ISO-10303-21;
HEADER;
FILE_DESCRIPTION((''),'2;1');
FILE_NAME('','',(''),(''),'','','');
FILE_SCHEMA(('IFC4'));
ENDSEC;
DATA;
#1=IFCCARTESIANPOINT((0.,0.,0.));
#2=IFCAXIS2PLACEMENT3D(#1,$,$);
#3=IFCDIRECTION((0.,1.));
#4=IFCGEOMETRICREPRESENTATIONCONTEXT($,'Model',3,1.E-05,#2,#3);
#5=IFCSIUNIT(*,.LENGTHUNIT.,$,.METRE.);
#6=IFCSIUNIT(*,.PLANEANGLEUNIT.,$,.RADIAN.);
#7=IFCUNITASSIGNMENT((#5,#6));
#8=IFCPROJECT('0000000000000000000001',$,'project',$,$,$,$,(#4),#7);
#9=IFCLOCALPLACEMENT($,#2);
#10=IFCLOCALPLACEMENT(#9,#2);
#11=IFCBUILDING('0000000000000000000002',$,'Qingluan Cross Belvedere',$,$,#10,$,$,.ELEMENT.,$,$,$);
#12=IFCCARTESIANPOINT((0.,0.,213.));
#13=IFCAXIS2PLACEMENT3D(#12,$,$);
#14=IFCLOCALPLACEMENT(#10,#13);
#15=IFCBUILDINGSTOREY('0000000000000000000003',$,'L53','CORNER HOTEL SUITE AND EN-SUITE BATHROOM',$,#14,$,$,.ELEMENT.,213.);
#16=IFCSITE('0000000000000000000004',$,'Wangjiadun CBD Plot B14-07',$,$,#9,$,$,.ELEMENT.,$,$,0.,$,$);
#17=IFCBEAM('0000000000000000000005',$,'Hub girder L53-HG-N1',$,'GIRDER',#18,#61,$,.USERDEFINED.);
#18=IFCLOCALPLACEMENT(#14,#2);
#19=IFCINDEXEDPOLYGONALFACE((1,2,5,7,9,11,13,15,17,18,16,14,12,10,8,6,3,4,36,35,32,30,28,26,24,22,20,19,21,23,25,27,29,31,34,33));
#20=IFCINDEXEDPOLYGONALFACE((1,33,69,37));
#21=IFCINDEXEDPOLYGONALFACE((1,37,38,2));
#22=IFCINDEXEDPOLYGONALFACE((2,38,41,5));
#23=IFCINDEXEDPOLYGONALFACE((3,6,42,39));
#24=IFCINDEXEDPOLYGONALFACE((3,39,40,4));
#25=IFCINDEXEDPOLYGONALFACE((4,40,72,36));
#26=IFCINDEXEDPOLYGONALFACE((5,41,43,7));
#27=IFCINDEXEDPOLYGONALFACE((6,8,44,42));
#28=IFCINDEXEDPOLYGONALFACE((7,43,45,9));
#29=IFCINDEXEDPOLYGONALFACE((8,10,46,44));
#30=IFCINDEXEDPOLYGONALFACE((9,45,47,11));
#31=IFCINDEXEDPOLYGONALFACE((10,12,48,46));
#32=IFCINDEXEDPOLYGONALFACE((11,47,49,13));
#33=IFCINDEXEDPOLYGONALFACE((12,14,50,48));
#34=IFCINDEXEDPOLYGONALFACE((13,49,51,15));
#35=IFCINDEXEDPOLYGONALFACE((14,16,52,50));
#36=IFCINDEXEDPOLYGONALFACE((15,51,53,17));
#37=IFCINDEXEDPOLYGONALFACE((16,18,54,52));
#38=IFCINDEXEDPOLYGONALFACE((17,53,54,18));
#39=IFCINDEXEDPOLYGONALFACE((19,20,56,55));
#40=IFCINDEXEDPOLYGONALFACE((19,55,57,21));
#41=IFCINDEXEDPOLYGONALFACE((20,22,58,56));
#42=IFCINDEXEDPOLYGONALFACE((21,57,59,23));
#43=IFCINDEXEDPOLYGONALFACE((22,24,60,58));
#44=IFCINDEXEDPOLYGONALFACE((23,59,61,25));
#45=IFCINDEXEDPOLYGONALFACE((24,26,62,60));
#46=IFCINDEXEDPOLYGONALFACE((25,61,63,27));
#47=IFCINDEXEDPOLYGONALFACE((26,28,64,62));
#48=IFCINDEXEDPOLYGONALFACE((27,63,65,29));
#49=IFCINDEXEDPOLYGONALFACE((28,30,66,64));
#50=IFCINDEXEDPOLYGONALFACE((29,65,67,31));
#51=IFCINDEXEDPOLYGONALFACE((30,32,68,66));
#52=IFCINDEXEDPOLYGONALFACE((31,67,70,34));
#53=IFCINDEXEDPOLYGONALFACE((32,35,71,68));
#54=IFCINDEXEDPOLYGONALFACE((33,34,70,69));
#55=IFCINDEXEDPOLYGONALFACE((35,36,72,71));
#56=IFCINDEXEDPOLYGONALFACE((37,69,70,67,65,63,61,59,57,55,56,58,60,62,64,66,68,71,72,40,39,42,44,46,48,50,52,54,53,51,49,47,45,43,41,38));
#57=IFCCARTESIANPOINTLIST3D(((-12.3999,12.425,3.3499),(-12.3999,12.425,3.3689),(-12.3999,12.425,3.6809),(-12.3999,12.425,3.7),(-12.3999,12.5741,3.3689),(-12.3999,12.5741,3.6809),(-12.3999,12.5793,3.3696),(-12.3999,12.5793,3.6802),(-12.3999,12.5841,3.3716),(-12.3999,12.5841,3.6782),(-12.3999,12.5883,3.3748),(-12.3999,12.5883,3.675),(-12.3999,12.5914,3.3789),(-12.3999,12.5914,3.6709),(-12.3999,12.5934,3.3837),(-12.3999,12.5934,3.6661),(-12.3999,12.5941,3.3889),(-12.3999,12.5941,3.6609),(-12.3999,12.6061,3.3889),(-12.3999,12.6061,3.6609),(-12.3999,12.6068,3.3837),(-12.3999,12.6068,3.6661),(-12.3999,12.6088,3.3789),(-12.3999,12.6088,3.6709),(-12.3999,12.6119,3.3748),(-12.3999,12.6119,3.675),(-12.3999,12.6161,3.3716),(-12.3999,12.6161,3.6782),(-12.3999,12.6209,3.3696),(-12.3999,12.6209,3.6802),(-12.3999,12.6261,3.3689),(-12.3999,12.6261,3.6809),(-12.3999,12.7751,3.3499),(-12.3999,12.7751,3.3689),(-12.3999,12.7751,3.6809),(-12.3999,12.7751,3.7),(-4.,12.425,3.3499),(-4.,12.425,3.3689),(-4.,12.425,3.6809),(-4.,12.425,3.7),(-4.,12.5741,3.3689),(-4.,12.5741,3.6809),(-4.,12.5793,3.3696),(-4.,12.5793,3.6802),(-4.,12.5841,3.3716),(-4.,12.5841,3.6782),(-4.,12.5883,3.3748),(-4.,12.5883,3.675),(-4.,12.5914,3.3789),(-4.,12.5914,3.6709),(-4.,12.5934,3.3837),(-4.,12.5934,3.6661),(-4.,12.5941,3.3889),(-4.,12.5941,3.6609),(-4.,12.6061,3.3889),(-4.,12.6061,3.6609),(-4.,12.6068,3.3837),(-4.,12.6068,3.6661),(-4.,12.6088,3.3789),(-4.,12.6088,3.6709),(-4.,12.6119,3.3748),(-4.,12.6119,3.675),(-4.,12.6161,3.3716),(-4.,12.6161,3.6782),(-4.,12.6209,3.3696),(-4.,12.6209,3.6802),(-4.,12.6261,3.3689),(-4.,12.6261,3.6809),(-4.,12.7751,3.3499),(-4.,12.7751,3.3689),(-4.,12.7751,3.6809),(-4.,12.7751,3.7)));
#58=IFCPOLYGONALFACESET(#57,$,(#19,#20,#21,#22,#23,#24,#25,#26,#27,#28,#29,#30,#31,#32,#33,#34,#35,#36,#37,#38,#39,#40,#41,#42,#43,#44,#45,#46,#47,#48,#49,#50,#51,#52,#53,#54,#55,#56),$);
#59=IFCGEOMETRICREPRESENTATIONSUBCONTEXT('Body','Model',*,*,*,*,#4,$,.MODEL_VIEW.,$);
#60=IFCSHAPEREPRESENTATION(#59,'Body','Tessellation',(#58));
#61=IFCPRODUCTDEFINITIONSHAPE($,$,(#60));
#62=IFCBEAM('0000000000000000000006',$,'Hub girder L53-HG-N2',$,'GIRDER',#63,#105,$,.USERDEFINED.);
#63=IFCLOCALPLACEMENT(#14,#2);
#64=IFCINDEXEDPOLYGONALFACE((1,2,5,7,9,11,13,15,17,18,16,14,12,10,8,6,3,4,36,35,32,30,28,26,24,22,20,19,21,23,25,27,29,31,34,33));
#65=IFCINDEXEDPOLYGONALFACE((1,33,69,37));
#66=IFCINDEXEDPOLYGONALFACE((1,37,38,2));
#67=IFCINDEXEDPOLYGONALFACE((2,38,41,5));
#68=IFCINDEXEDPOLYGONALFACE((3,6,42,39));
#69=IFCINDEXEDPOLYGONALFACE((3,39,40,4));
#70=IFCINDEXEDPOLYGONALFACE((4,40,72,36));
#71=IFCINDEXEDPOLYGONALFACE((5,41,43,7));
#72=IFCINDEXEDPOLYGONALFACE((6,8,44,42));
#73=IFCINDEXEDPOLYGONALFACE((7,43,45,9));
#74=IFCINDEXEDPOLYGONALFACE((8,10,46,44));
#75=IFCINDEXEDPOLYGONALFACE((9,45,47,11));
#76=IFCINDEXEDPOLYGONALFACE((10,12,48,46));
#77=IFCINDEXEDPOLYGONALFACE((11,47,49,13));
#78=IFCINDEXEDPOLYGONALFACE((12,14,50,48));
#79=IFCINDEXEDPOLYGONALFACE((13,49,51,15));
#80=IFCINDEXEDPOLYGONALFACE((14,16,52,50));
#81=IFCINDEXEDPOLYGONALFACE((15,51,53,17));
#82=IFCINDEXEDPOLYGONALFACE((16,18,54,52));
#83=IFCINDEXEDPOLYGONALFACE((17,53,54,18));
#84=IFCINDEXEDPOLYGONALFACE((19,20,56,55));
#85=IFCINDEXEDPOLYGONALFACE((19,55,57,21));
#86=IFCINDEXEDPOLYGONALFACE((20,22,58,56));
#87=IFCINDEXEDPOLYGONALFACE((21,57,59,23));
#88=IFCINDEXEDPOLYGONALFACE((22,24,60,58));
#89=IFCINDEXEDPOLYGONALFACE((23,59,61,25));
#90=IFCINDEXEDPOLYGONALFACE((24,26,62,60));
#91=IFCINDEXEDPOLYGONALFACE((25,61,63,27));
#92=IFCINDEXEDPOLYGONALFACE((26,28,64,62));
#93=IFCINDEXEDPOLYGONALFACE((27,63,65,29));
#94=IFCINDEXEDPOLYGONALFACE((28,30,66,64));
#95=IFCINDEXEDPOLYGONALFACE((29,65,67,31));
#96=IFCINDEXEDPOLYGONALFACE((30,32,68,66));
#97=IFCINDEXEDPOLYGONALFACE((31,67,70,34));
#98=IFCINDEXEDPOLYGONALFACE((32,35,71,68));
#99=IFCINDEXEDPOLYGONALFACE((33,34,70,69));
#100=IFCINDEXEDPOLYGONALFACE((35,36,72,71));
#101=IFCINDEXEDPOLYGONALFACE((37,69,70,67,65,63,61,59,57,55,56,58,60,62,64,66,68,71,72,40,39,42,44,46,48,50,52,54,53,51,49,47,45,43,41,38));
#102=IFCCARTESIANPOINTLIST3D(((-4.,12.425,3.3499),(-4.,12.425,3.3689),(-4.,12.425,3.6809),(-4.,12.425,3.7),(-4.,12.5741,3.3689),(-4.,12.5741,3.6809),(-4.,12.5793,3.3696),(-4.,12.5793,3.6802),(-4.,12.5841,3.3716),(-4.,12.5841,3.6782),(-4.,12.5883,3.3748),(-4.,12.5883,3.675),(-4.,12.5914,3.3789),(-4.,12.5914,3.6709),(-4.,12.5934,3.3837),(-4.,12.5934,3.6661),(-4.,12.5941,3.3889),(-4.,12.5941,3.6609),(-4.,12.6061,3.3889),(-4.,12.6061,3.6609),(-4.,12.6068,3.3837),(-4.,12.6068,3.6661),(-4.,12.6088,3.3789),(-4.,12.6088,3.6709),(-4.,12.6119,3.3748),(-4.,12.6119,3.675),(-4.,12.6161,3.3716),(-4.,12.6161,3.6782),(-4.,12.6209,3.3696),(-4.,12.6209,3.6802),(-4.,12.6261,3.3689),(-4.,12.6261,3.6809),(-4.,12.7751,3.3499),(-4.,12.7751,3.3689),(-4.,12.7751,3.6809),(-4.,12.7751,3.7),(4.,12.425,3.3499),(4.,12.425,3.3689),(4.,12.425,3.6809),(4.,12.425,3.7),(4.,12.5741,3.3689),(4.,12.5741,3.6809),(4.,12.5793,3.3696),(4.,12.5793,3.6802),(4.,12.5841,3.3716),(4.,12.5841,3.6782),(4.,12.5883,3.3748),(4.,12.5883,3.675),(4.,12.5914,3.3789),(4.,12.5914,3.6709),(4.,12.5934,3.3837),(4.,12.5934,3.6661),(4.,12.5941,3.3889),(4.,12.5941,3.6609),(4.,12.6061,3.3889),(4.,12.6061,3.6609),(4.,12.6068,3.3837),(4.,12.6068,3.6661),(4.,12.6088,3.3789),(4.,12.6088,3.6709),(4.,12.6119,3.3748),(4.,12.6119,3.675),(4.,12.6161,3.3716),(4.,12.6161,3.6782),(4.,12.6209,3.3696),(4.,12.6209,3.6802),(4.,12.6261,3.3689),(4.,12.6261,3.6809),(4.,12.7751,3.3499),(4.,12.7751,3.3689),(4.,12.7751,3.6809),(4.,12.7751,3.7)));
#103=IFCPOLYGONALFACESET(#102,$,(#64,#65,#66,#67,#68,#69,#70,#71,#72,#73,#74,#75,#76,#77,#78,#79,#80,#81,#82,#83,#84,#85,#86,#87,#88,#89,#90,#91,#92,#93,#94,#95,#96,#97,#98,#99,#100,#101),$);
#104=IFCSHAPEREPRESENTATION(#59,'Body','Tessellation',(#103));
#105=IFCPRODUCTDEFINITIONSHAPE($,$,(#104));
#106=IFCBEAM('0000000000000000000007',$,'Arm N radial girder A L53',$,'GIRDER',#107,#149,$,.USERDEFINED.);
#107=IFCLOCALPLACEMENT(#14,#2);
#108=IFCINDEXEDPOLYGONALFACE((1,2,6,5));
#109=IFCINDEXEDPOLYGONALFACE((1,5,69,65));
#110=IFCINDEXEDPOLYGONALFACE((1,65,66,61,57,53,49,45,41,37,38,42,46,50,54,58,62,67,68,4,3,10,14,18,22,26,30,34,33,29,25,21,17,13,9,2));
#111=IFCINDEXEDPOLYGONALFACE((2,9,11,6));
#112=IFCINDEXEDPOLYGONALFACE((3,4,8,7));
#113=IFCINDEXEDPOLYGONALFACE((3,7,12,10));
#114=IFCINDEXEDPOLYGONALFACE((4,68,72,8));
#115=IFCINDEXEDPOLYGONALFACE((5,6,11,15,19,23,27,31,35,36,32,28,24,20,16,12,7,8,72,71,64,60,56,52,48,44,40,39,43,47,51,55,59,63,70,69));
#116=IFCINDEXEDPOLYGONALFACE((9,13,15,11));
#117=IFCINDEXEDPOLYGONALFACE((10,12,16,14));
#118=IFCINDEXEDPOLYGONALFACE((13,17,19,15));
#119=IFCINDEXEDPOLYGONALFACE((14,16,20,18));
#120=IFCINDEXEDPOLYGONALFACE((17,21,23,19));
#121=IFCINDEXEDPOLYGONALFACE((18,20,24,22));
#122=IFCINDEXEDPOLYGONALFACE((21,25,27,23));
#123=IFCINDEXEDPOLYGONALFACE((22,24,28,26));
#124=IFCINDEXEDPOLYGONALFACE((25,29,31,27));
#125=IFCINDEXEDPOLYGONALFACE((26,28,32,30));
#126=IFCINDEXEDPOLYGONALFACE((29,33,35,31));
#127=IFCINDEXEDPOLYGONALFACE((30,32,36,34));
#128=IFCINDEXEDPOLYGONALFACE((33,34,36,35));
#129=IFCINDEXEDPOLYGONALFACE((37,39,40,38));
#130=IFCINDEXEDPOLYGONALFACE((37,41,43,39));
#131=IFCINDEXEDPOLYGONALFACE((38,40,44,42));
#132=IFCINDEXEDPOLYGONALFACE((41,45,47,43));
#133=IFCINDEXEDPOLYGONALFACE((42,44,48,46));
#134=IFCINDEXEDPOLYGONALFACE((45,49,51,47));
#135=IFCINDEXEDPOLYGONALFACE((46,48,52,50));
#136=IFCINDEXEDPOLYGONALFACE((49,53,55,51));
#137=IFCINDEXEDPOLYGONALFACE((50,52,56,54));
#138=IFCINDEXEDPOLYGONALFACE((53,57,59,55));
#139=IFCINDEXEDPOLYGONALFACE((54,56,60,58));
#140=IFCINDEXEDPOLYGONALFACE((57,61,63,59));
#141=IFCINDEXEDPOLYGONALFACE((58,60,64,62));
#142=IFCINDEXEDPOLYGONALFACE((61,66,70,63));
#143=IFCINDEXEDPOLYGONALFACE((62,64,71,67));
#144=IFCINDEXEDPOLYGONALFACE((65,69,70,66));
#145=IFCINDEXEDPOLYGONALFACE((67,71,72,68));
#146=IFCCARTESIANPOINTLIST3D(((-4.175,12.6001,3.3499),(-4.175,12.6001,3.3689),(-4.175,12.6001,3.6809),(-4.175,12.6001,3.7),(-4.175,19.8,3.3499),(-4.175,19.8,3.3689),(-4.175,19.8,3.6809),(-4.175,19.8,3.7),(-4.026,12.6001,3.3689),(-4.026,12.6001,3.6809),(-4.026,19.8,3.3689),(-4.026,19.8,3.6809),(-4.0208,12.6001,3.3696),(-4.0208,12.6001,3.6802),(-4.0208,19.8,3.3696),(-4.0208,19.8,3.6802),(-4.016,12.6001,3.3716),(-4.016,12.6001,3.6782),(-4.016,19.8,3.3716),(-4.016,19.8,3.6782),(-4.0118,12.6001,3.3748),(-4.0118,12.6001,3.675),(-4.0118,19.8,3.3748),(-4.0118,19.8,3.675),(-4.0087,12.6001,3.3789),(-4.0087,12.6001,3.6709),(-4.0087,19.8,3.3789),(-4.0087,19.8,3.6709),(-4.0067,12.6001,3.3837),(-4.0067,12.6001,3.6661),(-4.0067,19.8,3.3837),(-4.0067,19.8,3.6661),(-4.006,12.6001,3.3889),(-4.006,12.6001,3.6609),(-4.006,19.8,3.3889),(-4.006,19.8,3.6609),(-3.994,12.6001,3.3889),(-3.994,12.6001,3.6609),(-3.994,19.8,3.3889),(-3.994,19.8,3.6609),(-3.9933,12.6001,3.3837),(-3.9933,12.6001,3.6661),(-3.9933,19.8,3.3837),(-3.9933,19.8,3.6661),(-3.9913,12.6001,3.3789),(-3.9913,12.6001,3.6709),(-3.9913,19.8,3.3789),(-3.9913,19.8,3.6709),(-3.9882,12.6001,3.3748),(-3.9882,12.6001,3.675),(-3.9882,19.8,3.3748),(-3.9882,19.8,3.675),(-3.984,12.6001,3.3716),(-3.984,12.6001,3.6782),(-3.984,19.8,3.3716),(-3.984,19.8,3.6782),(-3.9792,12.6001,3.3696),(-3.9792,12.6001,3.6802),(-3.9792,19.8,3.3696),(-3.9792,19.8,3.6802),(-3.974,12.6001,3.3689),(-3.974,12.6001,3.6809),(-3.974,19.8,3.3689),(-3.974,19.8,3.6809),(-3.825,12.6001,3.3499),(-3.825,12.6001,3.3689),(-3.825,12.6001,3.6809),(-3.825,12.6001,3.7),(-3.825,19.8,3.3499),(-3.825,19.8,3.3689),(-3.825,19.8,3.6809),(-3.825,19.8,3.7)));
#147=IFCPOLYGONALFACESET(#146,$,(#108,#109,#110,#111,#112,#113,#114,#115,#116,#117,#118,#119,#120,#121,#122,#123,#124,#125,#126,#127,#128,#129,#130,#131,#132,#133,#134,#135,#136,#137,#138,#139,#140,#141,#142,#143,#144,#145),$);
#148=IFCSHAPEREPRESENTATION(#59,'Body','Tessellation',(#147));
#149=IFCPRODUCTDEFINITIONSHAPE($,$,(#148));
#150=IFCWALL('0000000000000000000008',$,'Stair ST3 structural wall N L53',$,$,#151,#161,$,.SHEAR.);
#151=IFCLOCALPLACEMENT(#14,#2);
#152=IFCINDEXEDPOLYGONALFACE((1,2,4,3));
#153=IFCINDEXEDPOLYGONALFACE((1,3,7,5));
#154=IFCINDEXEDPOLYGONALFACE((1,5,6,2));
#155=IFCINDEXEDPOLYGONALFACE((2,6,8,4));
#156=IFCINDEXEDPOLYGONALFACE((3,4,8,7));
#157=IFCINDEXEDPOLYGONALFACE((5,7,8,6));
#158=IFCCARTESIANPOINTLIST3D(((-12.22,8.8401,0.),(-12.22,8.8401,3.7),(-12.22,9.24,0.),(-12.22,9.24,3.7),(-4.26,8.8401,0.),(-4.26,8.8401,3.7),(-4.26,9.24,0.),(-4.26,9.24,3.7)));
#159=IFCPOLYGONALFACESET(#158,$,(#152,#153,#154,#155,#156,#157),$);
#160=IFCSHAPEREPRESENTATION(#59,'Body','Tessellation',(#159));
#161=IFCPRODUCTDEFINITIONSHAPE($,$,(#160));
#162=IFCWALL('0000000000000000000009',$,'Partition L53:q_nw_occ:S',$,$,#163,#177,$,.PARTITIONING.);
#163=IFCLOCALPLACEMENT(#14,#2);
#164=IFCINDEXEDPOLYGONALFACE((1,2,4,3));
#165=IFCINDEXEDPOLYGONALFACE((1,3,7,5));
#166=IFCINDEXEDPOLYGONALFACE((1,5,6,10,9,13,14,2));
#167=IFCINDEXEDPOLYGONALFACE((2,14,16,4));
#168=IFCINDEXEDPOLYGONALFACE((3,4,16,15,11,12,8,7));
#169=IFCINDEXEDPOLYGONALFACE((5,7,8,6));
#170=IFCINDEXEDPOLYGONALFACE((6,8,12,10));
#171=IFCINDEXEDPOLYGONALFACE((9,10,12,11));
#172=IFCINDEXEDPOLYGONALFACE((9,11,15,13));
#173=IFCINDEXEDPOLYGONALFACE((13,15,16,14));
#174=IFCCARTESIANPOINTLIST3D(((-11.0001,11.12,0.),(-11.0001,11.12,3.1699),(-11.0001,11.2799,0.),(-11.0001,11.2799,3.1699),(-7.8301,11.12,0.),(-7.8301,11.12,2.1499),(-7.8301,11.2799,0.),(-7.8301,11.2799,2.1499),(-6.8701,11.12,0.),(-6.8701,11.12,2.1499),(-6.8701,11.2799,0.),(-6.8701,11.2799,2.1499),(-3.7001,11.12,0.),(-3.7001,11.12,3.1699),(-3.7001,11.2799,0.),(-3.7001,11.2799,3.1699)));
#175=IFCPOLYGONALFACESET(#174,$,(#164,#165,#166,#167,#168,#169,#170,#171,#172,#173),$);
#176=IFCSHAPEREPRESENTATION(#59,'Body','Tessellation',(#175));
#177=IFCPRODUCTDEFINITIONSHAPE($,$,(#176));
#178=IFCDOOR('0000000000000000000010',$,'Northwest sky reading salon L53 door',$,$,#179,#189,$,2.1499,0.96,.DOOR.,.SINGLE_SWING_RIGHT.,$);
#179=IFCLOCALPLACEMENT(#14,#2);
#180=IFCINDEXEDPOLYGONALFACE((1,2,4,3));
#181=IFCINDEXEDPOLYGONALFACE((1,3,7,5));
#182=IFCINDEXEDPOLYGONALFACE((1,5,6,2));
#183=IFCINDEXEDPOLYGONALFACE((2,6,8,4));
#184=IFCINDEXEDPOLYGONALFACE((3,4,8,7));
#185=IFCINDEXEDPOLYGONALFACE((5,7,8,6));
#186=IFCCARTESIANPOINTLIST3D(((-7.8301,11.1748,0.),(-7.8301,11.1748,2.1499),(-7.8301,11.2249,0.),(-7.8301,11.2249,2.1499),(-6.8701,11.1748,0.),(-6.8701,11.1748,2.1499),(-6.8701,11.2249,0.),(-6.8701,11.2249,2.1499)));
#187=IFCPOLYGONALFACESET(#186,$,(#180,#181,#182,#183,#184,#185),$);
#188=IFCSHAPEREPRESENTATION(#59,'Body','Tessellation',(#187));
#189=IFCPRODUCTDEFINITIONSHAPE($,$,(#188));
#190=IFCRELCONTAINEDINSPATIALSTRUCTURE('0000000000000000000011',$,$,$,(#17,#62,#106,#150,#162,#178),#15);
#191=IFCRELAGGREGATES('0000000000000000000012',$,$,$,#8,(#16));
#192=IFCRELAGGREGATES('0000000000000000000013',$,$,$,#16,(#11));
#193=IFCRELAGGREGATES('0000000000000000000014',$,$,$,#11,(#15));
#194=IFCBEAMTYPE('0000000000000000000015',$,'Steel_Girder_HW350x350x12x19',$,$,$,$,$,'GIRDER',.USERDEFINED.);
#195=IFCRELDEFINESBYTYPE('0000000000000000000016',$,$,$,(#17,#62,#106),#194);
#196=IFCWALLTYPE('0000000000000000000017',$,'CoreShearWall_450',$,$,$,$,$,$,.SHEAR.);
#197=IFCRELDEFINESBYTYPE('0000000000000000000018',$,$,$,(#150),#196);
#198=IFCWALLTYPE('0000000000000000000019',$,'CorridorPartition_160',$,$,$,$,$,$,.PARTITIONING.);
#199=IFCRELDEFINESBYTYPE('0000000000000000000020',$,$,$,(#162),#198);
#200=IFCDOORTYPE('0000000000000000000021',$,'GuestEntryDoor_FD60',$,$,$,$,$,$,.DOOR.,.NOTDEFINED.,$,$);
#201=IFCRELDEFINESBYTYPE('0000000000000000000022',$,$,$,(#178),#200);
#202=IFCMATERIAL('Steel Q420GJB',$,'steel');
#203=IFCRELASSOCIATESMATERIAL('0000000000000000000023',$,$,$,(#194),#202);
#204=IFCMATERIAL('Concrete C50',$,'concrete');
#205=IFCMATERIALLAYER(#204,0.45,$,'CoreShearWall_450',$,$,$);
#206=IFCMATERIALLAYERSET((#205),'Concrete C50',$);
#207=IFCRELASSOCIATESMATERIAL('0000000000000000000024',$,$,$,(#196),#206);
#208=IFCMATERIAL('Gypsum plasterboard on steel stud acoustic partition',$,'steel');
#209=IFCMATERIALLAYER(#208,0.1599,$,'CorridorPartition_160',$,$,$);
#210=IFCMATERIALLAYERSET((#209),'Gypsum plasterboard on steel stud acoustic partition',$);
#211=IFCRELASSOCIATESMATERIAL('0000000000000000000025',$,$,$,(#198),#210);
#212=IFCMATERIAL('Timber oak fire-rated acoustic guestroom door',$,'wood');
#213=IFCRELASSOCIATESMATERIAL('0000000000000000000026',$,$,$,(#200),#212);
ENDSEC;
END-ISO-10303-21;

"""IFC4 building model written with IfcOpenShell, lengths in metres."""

from ifc_helpers import new_model, si_unit, direction, frame, frame_2d, origin, origin_2d, place, context, subcontext, project, spatial, rectangle, i_section, extrude, material, layer, layer_set, material_profile, profile_set, type_object, element, fill, save


model = new_model("IFC4")

# Units and contexts
model_context = context("Model", 3, precision=1e-05, world=origin(), true_north=direction((0.0, 1.0)))
body_context = subcontext(model_context, "Body", "Model", "MODEL_VIEW")
ifc_project = project(units=[si_unit("LENGTHUNIT", "METRE"), si_unit("PLANEANGLEUNIT", "RADIAN")], contexts=[model_context])

# Site, building, storey
site_placement = place(None, origin())
site = spatial("IfcSite", under=ifc_project, at=site_placement, Name="Wangjiadun CBD Plot B14-07", CompositionType="ELEMENT", RefElevation=0.0)
building_placement = place(site_placement, origin())
building = spatial("IfcBuilding", under=site, at=building_placement, Name="Qingluan Cross Belvedere", CompositionType="ELEMENT")
storey_placement = place(building_placement, frame((0.0, 0.0, 213.0)))
storey = spatial("IfcBuildingStorey", under=building, at=storey_placement, Name="L53", Description="CORNER HOTEL SUITE AND EN-SUITE BATHROOM", CompositionType="ELEMENT", Elevation=213.0)

# Beams
ifc_material_1 = material(Name="Steel Q420GJB", Category="steel")
ifc_material_profile_1 = material_profile(ifc_material_1, i_section(OverallWidth=0.3501, OverallDepth=0.3501, WebThickness=0.012, FlangeThickness=0.019, FilletRadius=0.02, at=origin_2d()), Name="HW350x350x12x19")
ifc_profile_set_1 = profile_set([ifc_material_profile_1], Name="Steel Q420GJB")
beam_type_1 = type_object("IfcBeamType", Name="Steel_Girder_HW350x350x12x19", ElementType="GIRDER", PredefinedType="USERDEFINED", material=ifc_profile_set_1)
beam_1_placement = place(storey_placement, frame((-12.3999, 12.6001, 3.5249), z_axis=(1.0, 0.0, 0.0), x_axis=(0.0, 1.0, 0.0)))
element("IfcBeam", 1, at=beam_1_placement, inside=storey, type_object=beam_type_1, Name="Hub girder L53-HG-N1", ObjectType="GIRDER", PredefinedType="USERDEFINED", context=body_context, shape_type="SweptSolid", body=[
    extrude(i_section(OverallWidth=0.3501, OverallDepth=0.3501, WebThickness=0.012, FlangeThickness=0.019, FilletRadius=0.02, at=origin_2d()), origin(), (0.0, 0.0, 1.0), 8.3999),
])
beam_2_placement = place(storey_placement, frame((-4.0, 12.6001, 3.5249), z_axis=(1.0, 0.0, 0.0), x_axis=(0.0, 1.0, 0.0)))
element("IfcBeam", 2, at=beam_2_placement, inside=storey, type_object=beam_type_1, Name="Hub girder L53-HG-N2", ObjectType="GIRDER", PredefinedType="USERDEFINED", context=body_context, shape_type="SweptSolid", body=[
    extrude(i_section(OverallWidth=0.3501, OverallDepth=0.3501, WebThickness=0.012, FlangeThickness=0.019, FilletRadius=0.02, at=origin_2d()), origin(), (0.0, 0.0, 1.0), 8.0),
])
beam_3_placement = place(storey_placement, frame((-4.0, 12.6001, 3.5249), z_axis=(0.0, 1.0, 0.0), x_axis=(-1.0, 0.0, 0.0)))
element("IfcBeam", 3, at=beam_3_placement, inside=storey, type_object=beam_type_1, Name="Arm N radial girder A L53", ObjectType="GIRDER", PredefinedType="USERDEFINED", context=body_context, shape_type="SweptSolid", body=[
    extrude(i_section(OverallWidth=0.3501, OverallDepth=0.3501, WebThickness=0.012, FlangeThickness=0.019, FilletRadius=0.02, at=origin_2d()), origin(), (0.0, 0.0, 1.0), 7.2),
])

# Wall
ifc_material_2 = material(Name="Concrete C50", Category="concrete")
ifc_layer_1 = layer(ifc_material_2, 0.45, Name="CoreShearWall_450")
ifc_layer_set_1 = layer_set([ifc_layer_1], Name="Concrete C50")
wall_type_1 = type_object("IfcWallType", Name="CoreShearWall_450", PredefinedType="SHEAR", material=ifc_layer_set_1)
wall_1_placement = place(storey_placement, frame((-12.22, 9.04, 0.0), z_axis=(0.0, 0.0, 1.0), x_axis=(1.0, 0.0, 0.0)))
element("IfcWall", 4, at=wall_1_placement, inside=storey, type_object=wall_type_1, Name="Stair ST3 structural wall N L53", PredefinedType="SHEAR", context=body_context, shape_type="SweptSolid", body=[
    extrude(rectangle(XDim=7.96, YDim=0.3999, at=frame_2d((3.98, 0.0))), origin(), (0.0, 0.0, 1.0), 3.7),
])

# Wall, opening, door
ifc_material_3 = material(Name="Gypsum plasterboard on steel stud acoustic partition", Category="steel")
ifc_layer_2 = layer(ifc_material_3, 0.1599, Name="CorridorPartition_160")
ifc_layer_set_2 = layer_set([ifc_layer_2], Name="Gypsum plasterboard on steel stud acoustic partition")
wall_type_2 = type_object("IfcWallType", Name="CorridorPartition_160", PredefinedType="PARTITIONING", material=ifc_layer_set_2)
wall_2_placement = place(storey_placement, frame((-11.0, 11.2, 0.0), z_axis=(0.0, 0.0, 1.0), x_axis=(1.0, 0.0, 0.0)))
wall_2 = element("IfcWall", 5, at=wall_2_placement, inside=storey, type_object=wall_type_2, Name="Partition L53:q_nw_occ:S", PredefinedType="PARTITIONING", context=body_context, shape_type="SweptSolid", body=[
    extrude(rectangle(XDim=7.3, YDim=0.1599, at=frame_2d((3.6499, 0.0))), origin(), (0.0, 0.0, 1.0), 3.1699),
])
opening_placement = place(wall_2_placement, frame((3.1699, 0.0, 0.0)))
opening = element("IfcOpeningElement", 6, at=opening_placement, cuts=wall_2, PredefinedType="OPENING", context=body_context, shape_type="SweptSolid", body=[
    extrude(rectangle(XDim=0.96, YDim=2.1499, at=frame_2d((0.48, 1.075))), frame((0.0, 0.0898, 0.0), z_axis=(0.0, -1.0, 0.0), x_axis=(1.0, 0.0, 0.0)), (0.0, 0.0, 1.0), 0.1799),
])
ifc_material_4 = material(Name="Timber oak fire-rated acoustic guestroom door", Category="wood")
door_type = type_object("IfcDoorType", Name="GuestEntryDoor_FD60", OperationType="NOTDEFINED", PredefinedType="DOOR", material=ifc_material_4)
door_placement = place(opening_placement, origin())
door = element("IfcDoor", 7, at=door_placement, inside=storey, type_object=door_type, Name="Northwest sky reading salon L53 door", OperationType="SINGLE_SWING_RIGHT", OverallHeight=2.1499, OverallWidth=0.96, PredefinedType="DOOR", context=body_context, shape_type="SweptSolid", body=[
    extrude(rectangle(XDim=0.96, YDim=2.1499, at=frame_2d((0.48, 1.075))), frame((0.0, 0.0249, 0.0), z_axis=(0.0, -1.0, 0.0), x_axis=(1.0, 0.0, 0.0)), (0.0, 0.0, 1.0), 0.05),
])
fill(opening, door)

save(model, "model.ifc")
